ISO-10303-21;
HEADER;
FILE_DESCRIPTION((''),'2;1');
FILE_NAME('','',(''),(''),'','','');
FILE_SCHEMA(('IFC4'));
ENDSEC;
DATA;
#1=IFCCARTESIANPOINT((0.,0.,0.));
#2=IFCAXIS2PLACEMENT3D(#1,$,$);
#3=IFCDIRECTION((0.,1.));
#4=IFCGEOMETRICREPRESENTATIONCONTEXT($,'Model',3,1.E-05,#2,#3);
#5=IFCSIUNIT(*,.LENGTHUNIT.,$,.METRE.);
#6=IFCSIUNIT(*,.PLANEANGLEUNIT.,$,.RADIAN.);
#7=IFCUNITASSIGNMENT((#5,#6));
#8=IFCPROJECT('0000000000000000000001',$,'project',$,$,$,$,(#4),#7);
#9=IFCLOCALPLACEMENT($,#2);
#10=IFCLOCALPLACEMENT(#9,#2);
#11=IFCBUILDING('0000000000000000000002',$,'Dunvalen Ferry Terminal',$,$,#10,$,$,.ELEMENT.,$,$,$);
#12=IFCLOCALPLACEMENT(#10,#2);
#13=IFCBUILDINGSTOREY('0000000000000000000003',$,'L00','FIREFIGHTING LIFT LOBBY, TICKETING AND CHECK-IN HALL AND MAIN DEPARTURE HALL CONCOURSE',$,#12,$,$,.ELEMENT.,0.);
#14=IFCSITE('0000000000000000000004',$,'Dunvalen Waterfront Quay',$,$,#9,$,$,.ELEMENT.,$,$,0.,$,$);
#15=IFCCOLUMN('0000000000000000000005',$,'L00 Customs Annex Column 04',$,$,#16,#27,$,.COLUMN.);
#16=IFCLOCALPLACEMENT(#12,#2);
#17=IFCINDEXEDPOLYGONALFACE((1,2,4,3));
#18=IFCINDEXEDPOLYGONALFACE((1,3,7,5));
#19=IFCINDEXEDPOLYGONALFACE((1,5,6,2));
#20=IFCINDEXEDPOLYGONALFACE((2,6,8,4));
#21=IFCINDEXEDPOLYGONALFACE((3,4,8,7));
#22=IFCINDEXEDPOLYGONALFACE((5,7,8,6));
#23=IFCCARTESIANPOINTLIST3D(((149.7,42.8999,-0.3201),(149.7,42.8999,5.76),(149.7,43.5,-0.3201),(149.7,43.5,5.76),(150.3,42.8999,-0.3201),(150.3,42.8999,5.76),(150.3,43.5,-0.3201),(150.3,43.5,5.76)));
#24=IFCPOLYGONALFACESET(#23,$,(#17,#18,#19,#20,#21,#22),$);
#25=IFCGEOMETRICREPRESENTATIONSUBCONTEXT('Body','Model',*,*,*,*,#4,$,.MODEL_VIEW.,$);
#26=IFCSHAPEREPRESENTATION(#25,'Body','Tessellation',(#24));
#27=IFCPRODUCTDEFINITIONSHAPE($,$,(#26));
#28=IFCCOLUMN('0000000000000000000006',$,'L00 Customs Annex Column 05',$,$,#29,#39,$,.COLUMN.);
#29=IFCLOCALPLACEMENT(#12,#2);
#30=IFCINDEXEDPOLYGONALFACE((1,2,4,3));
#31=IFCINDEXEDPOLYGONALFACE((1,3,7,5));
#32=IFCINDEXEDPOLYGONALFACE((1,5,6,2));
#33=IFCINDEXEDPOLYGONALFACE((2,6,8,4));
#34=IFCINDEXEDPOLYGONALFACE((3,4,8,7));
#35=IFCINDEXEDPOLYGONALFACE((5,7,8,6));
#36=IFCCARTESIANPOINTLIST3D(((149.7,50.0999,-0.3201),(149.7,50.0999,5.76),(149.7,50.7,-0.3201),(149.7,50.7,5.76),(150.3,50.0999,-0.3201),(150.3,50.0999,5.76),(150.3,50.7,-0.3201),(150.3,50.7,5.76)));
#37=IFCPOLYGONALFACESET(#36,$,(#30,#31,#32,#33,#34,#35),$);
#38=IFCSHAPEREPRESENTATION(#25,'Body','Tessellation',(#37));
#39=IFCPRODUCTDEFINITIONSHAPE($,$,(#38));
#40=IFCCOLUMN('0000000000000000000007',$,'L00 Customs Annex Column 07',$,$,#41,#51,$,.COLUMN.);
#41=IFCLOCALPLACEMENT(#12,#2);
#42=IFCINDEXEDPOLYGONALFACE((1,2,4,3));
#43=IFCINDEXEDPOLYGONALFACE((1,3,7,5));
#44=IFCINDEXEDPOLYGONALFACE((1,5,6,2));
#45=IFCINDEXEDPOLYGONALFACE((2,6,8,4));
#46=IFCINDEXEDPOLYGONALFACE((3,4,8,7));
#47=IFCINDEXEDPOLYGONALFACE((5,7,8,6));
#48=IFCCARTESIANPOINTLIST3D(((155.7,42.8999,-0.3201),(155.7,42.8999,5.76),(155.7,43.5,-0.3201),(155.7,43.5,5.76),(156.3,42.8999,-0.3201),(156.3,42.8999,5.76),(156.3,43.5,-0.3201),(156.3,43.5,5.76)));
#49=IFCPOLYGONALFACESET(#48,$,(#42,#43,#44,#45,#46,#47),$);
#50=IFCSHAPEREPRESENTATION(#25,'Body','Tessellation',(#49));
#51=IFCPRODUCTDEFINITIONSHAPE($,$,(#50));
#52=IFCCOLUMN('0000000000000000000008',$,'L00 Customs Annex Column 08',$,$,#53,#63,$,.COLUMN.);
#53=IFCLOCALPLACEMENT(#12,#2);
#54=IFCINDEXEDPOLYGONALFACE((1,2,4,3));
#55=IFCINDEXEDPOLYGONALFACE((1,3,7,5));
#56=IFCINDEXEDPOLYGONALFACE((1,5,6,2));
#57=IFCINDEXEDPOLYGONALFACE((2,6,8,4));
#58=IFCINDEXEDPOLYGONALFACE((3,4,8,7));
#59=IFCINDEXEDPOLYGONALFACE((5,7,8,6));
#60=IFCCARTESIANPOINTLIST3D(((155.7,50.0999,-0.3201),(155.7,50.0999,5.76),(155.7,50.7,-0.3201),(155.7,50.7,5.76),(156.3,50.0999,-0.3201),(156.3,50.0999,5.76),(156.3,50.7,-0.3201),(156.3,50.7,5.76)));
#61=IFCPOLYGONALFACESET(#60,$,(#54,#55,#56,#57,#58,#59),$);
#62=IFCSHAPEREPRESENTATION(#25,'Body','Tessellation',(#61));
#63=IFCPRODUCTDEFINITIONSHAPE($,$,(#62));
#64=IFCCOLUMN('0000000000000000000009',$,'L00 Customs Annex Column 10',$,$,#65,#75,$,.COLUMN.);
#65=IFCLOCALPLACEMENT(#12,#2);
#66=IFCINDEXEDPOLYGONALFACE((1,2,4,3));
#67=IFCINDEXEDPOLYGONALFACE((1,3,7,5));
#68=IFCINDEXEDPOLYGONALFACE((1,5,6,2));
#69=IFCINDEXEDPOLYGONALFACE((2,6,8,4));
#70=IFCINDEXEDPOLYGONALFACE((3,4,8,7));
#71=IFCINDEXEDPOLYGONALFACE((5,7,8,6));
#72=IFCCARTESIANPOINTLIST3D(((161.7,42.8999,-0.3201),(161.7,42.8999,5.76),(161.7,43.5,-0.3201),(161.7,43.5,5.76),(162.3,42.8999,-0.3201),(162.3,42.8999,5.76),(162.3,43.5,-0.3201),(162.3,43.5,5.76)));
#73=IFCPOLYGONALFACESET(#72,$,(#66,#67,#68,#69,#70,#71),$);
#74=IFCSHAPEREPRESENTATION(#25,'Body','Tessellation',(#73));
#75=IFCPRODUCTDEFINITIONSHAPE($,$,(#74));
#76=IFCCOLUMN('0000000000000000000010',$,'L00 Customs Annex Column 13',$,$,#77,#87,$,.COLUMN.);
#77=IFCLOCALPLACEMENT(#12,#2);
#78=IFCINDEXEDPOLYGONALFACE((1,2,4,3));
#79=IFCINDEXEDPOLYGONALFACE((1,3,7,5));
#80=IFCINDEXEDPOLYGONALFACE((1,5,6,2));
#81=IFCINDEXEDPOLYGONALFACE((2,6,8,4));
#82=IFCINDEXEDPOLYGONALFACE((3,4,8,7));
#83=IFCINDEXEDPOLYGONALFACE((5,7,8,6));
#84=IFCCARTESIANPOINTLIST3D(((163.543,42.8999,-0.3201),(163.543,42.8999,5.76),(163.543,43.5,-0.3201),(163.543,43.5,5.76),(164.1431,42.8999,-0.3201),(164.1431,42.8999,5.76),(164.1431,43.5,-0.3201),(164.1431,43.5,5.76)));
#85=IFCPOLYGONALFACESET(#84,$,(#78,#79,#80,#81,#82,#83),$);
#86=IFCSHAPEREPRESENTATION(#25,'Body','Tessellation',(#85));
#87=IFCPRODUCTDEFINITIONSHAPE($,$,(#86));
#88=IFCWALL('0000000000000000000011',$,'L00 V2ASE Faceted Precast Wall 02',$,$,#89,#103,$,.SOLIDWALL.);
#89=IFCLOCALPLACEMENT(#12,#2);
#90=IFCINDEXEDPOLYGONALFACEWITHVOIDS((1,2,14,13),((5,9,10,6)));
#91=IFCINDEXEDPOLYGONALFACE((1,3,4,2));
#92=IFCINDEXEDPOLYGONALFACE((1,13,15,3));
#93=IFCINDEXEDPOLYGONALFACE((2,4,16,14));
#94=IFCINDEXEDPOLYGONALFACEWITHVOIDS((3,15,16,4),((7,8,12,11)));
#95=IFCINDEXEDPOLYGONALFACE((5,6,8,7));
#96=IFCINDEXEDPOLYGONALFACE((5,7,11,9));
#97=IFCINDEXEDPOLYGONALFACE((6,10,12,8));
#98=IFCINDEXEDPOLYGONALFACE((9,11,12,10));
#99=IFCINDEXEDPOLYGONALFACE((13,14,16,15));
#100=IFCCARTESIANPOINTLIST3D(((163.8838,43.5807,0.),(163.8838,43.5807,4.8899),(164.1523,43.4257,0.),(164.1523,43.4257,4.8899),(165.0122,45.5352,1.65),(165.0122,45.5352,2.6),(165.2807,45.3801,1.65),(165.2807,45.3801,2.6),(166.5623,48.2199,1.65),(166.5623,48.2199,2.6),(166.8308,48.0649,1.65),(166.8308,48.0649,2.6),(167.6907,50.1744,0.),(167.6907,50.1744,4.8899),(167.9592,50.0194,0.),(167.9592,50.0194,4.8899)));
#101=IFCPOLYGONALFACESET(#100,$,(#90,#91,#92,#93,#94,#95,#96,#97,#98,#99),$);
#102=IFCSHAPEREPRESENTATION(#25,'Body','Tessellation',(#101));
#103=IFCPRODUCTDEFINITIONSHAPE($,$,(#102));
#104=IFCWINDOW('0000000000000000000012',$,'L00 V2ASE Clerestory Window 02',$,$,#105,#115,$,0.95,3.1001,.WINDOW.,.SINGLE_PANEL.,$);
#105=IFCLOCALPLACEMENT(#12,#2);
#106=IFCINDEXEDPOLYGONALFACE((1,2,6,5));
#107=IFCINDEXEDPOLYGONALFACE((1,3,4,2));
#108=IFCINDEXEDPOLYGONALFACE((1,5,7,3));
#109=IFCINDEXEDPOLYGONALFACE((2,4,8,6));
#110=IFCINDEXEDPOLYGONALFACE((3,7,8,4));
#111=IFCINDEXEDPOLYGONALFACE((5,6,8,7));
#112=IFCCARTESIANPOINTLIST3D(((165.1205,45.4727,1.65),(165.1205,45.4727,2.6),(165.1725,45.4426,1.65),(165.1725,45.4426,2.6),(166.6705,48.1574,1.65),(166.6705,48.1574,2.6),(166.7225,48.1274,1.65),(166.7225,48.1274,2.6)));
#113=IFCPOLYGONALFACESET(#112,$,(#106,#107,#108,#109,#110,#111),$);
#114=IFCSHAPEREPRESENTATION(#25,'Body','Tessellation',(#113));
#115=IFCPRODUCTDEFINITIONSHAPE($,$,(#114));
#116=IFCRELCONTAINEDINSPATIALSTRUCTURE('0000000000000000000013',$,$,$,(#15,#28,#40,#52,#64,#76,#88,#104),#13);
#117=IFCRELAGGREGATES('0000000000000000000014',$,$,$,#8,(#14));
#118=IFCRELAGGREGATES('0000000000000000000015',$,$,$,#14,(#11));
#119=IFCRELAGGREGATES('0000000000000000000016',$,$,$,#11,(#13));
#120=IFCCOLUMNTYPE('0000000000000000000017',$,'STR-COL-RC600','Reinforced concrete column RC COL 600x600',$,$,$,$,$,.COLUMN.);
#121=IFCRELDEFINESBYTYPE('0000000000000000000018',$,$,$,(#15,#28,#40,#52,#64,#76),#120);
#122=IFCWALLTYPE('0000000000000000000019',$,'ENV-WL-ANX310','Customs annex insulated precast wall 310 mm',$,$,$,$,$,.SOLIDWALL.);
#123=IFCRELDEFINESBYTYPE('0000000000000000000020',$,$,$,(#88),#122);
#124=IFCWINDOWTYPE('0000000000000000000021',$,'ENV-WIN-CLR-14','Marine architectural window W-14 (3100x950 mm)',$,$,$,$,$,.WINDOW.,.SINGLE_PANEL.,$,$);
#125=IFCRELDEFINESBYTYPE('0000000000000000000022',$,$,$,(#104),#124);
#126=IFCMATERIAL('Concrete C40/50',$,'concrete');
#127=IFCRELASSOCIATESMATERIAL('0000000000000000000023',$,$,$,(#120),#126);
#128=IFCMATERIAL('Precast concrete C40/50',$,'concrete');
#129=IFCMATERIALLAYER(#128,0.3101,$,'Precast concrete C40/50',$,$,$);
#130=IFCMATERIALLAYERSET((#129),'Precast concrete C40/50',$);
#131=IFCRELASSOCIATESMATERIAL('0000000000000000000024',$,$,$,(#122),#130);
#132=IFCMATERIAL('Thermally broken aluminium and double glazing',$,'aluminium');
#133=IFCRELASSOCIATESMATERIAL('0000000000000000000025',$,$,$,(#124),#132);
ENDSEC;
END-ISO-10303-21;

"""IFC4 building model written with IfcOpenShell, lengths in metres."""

from ifc_helpers import new_model, si_unit, direction, frame, frame_2d, origin, origin_2d, place, context, subcontext, project, spatial, rectangle, extrude, material, layer, layer_set, material_profile, profile_set, type_object, element, fill, save


model = new_model("IFC4")

# Units and contexts
model_context = context("Model", 3, precision=1e-05, world=origin(), true_north=direction((0.0, 1.0)))
body_context = subcontext(model_context, "Body", "Model", "MODEL_VIEW")
ifc_project = project(units=[si_unit("LENGTHUNIT", "METRE"), si_unit("PLANEANGLEUNIT", "RADIAN")], contexts=[model_context])

# Site, building, storey
site_placement = place(None, origin())
site = spatial("IfcSite", under=ifc_project, at=site_placement, Name="Dunvalen Waterfront Quay", CompositionType="ELEMENT", RefElevation=0.0)
building_placement = place(site_placement, origin())
building = spatial("IfcBuilding", under=site, at=building_placement, Name="Dunvalen Ferry Terminal", CompositionType="ELEMENT")
storey_placement = place(building_placement, origin())
storey = spatial("IfcBuildingStorey", under=building, at=storey_placement, Name="L00", Description="FIREFIGHTING LIFT LOBBY, TICKETING AND CHECK-IN HALL AND MAIN DEPARTURE HALL CONCOURSE", CompositionType="ELEMENT", Elevation=0.0)

# Shared definitions
ifc_material_1 = material(Name="Concrete C40/50", Category="concrete")

# Columns
ifc_material_profile_1 = material_profile(ifc_material_1, rectangle(XDim=0.6001, YDim=0.6001, at=origin_2d()), Name="Concrete C40/50")
ifc_profile_set_1 = profile_set([ifc_material_profile_1], Name="Concrete C40/50")
column_type = type_object("IfcColumnType", Name="STR-COL-RC600", Description="Reinforced concrete column RC COL 600x600", PredefinedType="COLUMN", material=ifc_profile_set_1)
for number, where, z_axis, x_axis, name in (
    (1, (150.0, 43.2, -0.3201), (0.0, 0.0, 1.0), (1.0, 0.0, 0.0), "L00 Customs Annex Column 04"),
    (2, (150.0, 50.3999, -0.3201), (0.0, 0.0, 1.0), (1.0, 0.0, 0.0), "L00 Customs Annex Column 05"),
    (3, (156.0, 43.2, -0.3201), (0.0, 0.0, 1.0), (1.0, 0.0, 0.0), "L00 Customs Annex Column 07"),
    (4, (156.0, 50.3999, -0.3201), (0.0, 0.0, 1.0), (1.0, 0.0, 0.0), "L00 Customs Annex Column 08"),
    (5, (162.0, 43.2, -0.3201), (0.0, 0.0, 1.0), (1.0, 0.0, 0.0), "L00 Customs Annex Column 10"),
    (6, (163.843, 43.2, -0.3201), (0.0, 0.0, 1.0), (1.0, 0.0, 0.0), "L00 Customs Annex Column 13"),
):
    element("IfcColumn", number, at=place(storey_placement, frame(where, z_axis=z_axis, x_axis=x_axis)), inside=storey, type_object=column_type, Name=name, PredefinedType="COLUMN", context=body_context, shape_type="SweptSolid", body=[
        extrude(rectangle(XDim=0.6001, YDim=0.6001, at=origin_2d()), origin(), (0.0, 0.0, 1.0), 6.0801),
    ])

# Wall, opening, window
ifc_material_2 = material(Name="Precast concrete C40/50", Category="concrete")
ifc_layer = layer(ifc_material_2, 0.3101, Name="Precast concrete C40/50")
ifc_layer_set = layer_set([ifc_layer], Name="Precast concrete C40/50")
wall_type = type_object("IfcWallType", Name="ENV-WL-ANX310", Description="Customs annex insulated precast wall 310 mm", PredefinedType="SOLIDWALL", material=ifc_layer_set)
wall_placement = place(storey_placement, frame((164.0181, 43.5032, 0.0), z_axis=(0.0, 0.0, 1.0), x_axis=(0.499998, 0.866026, 0.0)))
wall = element("IfcWall", 7, at=wall_placement, inside=storey, type_object=wall_type, Name="L00 V2ASE Faceted Precast Wall 02", PredefinedType="SOLIDWALL", context=body_context, shape_type="SweptSolid", body=[
    extrude(rectangle(XDim=7.6138, YDim=0.3101, at=frame_2d((3.8069, 0.0))), origin(), (0.0, 0.0, 1.0), 4.8899),
])
opening_placement = place(wall_placement, frame((2.2568, 0.0, 1.6499)))
opening = element("IfcOpeningElement", 8, at=opening_placement, cuts=wall, PredefinedType="OPENING", context=body_context, shape_type="SweptSolid", body=[
    extrude(rectangle(XDim=3.1001, YDim=0.95, at=frame_2d((1.55, 0.4751))), frame((0.0, 0.165, 0.0), z_axis=(0.0, -1.0, 0.0), x_axis=(1.0, 0.0, 0.0)), (0.0, 0.0, 1.0), 0.3301),
])
ifc_material_3 = material(Name="Thermally broken aluminium and double glazing", Category="aluminium")
window_type = type_object("IfcWindowType", Name="ENV-WIN-CLR-14", Description="Marine architectural window W-14 (3100x950 mm)", PartitioningType="SINGLE_PANEL", PredefinedType="WINDOW", material=ifc_material_3)
window_placement = place(opening_placement, origin())
window = element("IfcWindow", 9, at=window_placement, inside=storey, type_object=window_type, Name="L00 V2ASE Clerestory Window 02", OverallHeight=0.95, OverallWidth=3.1001, PartitioningType="SINGLE_PANEL", PredefinedType="WINDOW", context=body_context, shape_type="SweptSolid", body=[
    extrude(rectangle(XDim=3.1001, YDim=0.95, at=frame_2d((1.55, 0.4751))), frame((0.0, 0.03, 0.0), z_axis=(0.0, -1.0, 0.0), x_axis=(1.0, 0.0, 0.0)), (0.0, 0.0, 1.0), 0.0601),
])
fill(opening, window)

save(model, "model.ifc")
